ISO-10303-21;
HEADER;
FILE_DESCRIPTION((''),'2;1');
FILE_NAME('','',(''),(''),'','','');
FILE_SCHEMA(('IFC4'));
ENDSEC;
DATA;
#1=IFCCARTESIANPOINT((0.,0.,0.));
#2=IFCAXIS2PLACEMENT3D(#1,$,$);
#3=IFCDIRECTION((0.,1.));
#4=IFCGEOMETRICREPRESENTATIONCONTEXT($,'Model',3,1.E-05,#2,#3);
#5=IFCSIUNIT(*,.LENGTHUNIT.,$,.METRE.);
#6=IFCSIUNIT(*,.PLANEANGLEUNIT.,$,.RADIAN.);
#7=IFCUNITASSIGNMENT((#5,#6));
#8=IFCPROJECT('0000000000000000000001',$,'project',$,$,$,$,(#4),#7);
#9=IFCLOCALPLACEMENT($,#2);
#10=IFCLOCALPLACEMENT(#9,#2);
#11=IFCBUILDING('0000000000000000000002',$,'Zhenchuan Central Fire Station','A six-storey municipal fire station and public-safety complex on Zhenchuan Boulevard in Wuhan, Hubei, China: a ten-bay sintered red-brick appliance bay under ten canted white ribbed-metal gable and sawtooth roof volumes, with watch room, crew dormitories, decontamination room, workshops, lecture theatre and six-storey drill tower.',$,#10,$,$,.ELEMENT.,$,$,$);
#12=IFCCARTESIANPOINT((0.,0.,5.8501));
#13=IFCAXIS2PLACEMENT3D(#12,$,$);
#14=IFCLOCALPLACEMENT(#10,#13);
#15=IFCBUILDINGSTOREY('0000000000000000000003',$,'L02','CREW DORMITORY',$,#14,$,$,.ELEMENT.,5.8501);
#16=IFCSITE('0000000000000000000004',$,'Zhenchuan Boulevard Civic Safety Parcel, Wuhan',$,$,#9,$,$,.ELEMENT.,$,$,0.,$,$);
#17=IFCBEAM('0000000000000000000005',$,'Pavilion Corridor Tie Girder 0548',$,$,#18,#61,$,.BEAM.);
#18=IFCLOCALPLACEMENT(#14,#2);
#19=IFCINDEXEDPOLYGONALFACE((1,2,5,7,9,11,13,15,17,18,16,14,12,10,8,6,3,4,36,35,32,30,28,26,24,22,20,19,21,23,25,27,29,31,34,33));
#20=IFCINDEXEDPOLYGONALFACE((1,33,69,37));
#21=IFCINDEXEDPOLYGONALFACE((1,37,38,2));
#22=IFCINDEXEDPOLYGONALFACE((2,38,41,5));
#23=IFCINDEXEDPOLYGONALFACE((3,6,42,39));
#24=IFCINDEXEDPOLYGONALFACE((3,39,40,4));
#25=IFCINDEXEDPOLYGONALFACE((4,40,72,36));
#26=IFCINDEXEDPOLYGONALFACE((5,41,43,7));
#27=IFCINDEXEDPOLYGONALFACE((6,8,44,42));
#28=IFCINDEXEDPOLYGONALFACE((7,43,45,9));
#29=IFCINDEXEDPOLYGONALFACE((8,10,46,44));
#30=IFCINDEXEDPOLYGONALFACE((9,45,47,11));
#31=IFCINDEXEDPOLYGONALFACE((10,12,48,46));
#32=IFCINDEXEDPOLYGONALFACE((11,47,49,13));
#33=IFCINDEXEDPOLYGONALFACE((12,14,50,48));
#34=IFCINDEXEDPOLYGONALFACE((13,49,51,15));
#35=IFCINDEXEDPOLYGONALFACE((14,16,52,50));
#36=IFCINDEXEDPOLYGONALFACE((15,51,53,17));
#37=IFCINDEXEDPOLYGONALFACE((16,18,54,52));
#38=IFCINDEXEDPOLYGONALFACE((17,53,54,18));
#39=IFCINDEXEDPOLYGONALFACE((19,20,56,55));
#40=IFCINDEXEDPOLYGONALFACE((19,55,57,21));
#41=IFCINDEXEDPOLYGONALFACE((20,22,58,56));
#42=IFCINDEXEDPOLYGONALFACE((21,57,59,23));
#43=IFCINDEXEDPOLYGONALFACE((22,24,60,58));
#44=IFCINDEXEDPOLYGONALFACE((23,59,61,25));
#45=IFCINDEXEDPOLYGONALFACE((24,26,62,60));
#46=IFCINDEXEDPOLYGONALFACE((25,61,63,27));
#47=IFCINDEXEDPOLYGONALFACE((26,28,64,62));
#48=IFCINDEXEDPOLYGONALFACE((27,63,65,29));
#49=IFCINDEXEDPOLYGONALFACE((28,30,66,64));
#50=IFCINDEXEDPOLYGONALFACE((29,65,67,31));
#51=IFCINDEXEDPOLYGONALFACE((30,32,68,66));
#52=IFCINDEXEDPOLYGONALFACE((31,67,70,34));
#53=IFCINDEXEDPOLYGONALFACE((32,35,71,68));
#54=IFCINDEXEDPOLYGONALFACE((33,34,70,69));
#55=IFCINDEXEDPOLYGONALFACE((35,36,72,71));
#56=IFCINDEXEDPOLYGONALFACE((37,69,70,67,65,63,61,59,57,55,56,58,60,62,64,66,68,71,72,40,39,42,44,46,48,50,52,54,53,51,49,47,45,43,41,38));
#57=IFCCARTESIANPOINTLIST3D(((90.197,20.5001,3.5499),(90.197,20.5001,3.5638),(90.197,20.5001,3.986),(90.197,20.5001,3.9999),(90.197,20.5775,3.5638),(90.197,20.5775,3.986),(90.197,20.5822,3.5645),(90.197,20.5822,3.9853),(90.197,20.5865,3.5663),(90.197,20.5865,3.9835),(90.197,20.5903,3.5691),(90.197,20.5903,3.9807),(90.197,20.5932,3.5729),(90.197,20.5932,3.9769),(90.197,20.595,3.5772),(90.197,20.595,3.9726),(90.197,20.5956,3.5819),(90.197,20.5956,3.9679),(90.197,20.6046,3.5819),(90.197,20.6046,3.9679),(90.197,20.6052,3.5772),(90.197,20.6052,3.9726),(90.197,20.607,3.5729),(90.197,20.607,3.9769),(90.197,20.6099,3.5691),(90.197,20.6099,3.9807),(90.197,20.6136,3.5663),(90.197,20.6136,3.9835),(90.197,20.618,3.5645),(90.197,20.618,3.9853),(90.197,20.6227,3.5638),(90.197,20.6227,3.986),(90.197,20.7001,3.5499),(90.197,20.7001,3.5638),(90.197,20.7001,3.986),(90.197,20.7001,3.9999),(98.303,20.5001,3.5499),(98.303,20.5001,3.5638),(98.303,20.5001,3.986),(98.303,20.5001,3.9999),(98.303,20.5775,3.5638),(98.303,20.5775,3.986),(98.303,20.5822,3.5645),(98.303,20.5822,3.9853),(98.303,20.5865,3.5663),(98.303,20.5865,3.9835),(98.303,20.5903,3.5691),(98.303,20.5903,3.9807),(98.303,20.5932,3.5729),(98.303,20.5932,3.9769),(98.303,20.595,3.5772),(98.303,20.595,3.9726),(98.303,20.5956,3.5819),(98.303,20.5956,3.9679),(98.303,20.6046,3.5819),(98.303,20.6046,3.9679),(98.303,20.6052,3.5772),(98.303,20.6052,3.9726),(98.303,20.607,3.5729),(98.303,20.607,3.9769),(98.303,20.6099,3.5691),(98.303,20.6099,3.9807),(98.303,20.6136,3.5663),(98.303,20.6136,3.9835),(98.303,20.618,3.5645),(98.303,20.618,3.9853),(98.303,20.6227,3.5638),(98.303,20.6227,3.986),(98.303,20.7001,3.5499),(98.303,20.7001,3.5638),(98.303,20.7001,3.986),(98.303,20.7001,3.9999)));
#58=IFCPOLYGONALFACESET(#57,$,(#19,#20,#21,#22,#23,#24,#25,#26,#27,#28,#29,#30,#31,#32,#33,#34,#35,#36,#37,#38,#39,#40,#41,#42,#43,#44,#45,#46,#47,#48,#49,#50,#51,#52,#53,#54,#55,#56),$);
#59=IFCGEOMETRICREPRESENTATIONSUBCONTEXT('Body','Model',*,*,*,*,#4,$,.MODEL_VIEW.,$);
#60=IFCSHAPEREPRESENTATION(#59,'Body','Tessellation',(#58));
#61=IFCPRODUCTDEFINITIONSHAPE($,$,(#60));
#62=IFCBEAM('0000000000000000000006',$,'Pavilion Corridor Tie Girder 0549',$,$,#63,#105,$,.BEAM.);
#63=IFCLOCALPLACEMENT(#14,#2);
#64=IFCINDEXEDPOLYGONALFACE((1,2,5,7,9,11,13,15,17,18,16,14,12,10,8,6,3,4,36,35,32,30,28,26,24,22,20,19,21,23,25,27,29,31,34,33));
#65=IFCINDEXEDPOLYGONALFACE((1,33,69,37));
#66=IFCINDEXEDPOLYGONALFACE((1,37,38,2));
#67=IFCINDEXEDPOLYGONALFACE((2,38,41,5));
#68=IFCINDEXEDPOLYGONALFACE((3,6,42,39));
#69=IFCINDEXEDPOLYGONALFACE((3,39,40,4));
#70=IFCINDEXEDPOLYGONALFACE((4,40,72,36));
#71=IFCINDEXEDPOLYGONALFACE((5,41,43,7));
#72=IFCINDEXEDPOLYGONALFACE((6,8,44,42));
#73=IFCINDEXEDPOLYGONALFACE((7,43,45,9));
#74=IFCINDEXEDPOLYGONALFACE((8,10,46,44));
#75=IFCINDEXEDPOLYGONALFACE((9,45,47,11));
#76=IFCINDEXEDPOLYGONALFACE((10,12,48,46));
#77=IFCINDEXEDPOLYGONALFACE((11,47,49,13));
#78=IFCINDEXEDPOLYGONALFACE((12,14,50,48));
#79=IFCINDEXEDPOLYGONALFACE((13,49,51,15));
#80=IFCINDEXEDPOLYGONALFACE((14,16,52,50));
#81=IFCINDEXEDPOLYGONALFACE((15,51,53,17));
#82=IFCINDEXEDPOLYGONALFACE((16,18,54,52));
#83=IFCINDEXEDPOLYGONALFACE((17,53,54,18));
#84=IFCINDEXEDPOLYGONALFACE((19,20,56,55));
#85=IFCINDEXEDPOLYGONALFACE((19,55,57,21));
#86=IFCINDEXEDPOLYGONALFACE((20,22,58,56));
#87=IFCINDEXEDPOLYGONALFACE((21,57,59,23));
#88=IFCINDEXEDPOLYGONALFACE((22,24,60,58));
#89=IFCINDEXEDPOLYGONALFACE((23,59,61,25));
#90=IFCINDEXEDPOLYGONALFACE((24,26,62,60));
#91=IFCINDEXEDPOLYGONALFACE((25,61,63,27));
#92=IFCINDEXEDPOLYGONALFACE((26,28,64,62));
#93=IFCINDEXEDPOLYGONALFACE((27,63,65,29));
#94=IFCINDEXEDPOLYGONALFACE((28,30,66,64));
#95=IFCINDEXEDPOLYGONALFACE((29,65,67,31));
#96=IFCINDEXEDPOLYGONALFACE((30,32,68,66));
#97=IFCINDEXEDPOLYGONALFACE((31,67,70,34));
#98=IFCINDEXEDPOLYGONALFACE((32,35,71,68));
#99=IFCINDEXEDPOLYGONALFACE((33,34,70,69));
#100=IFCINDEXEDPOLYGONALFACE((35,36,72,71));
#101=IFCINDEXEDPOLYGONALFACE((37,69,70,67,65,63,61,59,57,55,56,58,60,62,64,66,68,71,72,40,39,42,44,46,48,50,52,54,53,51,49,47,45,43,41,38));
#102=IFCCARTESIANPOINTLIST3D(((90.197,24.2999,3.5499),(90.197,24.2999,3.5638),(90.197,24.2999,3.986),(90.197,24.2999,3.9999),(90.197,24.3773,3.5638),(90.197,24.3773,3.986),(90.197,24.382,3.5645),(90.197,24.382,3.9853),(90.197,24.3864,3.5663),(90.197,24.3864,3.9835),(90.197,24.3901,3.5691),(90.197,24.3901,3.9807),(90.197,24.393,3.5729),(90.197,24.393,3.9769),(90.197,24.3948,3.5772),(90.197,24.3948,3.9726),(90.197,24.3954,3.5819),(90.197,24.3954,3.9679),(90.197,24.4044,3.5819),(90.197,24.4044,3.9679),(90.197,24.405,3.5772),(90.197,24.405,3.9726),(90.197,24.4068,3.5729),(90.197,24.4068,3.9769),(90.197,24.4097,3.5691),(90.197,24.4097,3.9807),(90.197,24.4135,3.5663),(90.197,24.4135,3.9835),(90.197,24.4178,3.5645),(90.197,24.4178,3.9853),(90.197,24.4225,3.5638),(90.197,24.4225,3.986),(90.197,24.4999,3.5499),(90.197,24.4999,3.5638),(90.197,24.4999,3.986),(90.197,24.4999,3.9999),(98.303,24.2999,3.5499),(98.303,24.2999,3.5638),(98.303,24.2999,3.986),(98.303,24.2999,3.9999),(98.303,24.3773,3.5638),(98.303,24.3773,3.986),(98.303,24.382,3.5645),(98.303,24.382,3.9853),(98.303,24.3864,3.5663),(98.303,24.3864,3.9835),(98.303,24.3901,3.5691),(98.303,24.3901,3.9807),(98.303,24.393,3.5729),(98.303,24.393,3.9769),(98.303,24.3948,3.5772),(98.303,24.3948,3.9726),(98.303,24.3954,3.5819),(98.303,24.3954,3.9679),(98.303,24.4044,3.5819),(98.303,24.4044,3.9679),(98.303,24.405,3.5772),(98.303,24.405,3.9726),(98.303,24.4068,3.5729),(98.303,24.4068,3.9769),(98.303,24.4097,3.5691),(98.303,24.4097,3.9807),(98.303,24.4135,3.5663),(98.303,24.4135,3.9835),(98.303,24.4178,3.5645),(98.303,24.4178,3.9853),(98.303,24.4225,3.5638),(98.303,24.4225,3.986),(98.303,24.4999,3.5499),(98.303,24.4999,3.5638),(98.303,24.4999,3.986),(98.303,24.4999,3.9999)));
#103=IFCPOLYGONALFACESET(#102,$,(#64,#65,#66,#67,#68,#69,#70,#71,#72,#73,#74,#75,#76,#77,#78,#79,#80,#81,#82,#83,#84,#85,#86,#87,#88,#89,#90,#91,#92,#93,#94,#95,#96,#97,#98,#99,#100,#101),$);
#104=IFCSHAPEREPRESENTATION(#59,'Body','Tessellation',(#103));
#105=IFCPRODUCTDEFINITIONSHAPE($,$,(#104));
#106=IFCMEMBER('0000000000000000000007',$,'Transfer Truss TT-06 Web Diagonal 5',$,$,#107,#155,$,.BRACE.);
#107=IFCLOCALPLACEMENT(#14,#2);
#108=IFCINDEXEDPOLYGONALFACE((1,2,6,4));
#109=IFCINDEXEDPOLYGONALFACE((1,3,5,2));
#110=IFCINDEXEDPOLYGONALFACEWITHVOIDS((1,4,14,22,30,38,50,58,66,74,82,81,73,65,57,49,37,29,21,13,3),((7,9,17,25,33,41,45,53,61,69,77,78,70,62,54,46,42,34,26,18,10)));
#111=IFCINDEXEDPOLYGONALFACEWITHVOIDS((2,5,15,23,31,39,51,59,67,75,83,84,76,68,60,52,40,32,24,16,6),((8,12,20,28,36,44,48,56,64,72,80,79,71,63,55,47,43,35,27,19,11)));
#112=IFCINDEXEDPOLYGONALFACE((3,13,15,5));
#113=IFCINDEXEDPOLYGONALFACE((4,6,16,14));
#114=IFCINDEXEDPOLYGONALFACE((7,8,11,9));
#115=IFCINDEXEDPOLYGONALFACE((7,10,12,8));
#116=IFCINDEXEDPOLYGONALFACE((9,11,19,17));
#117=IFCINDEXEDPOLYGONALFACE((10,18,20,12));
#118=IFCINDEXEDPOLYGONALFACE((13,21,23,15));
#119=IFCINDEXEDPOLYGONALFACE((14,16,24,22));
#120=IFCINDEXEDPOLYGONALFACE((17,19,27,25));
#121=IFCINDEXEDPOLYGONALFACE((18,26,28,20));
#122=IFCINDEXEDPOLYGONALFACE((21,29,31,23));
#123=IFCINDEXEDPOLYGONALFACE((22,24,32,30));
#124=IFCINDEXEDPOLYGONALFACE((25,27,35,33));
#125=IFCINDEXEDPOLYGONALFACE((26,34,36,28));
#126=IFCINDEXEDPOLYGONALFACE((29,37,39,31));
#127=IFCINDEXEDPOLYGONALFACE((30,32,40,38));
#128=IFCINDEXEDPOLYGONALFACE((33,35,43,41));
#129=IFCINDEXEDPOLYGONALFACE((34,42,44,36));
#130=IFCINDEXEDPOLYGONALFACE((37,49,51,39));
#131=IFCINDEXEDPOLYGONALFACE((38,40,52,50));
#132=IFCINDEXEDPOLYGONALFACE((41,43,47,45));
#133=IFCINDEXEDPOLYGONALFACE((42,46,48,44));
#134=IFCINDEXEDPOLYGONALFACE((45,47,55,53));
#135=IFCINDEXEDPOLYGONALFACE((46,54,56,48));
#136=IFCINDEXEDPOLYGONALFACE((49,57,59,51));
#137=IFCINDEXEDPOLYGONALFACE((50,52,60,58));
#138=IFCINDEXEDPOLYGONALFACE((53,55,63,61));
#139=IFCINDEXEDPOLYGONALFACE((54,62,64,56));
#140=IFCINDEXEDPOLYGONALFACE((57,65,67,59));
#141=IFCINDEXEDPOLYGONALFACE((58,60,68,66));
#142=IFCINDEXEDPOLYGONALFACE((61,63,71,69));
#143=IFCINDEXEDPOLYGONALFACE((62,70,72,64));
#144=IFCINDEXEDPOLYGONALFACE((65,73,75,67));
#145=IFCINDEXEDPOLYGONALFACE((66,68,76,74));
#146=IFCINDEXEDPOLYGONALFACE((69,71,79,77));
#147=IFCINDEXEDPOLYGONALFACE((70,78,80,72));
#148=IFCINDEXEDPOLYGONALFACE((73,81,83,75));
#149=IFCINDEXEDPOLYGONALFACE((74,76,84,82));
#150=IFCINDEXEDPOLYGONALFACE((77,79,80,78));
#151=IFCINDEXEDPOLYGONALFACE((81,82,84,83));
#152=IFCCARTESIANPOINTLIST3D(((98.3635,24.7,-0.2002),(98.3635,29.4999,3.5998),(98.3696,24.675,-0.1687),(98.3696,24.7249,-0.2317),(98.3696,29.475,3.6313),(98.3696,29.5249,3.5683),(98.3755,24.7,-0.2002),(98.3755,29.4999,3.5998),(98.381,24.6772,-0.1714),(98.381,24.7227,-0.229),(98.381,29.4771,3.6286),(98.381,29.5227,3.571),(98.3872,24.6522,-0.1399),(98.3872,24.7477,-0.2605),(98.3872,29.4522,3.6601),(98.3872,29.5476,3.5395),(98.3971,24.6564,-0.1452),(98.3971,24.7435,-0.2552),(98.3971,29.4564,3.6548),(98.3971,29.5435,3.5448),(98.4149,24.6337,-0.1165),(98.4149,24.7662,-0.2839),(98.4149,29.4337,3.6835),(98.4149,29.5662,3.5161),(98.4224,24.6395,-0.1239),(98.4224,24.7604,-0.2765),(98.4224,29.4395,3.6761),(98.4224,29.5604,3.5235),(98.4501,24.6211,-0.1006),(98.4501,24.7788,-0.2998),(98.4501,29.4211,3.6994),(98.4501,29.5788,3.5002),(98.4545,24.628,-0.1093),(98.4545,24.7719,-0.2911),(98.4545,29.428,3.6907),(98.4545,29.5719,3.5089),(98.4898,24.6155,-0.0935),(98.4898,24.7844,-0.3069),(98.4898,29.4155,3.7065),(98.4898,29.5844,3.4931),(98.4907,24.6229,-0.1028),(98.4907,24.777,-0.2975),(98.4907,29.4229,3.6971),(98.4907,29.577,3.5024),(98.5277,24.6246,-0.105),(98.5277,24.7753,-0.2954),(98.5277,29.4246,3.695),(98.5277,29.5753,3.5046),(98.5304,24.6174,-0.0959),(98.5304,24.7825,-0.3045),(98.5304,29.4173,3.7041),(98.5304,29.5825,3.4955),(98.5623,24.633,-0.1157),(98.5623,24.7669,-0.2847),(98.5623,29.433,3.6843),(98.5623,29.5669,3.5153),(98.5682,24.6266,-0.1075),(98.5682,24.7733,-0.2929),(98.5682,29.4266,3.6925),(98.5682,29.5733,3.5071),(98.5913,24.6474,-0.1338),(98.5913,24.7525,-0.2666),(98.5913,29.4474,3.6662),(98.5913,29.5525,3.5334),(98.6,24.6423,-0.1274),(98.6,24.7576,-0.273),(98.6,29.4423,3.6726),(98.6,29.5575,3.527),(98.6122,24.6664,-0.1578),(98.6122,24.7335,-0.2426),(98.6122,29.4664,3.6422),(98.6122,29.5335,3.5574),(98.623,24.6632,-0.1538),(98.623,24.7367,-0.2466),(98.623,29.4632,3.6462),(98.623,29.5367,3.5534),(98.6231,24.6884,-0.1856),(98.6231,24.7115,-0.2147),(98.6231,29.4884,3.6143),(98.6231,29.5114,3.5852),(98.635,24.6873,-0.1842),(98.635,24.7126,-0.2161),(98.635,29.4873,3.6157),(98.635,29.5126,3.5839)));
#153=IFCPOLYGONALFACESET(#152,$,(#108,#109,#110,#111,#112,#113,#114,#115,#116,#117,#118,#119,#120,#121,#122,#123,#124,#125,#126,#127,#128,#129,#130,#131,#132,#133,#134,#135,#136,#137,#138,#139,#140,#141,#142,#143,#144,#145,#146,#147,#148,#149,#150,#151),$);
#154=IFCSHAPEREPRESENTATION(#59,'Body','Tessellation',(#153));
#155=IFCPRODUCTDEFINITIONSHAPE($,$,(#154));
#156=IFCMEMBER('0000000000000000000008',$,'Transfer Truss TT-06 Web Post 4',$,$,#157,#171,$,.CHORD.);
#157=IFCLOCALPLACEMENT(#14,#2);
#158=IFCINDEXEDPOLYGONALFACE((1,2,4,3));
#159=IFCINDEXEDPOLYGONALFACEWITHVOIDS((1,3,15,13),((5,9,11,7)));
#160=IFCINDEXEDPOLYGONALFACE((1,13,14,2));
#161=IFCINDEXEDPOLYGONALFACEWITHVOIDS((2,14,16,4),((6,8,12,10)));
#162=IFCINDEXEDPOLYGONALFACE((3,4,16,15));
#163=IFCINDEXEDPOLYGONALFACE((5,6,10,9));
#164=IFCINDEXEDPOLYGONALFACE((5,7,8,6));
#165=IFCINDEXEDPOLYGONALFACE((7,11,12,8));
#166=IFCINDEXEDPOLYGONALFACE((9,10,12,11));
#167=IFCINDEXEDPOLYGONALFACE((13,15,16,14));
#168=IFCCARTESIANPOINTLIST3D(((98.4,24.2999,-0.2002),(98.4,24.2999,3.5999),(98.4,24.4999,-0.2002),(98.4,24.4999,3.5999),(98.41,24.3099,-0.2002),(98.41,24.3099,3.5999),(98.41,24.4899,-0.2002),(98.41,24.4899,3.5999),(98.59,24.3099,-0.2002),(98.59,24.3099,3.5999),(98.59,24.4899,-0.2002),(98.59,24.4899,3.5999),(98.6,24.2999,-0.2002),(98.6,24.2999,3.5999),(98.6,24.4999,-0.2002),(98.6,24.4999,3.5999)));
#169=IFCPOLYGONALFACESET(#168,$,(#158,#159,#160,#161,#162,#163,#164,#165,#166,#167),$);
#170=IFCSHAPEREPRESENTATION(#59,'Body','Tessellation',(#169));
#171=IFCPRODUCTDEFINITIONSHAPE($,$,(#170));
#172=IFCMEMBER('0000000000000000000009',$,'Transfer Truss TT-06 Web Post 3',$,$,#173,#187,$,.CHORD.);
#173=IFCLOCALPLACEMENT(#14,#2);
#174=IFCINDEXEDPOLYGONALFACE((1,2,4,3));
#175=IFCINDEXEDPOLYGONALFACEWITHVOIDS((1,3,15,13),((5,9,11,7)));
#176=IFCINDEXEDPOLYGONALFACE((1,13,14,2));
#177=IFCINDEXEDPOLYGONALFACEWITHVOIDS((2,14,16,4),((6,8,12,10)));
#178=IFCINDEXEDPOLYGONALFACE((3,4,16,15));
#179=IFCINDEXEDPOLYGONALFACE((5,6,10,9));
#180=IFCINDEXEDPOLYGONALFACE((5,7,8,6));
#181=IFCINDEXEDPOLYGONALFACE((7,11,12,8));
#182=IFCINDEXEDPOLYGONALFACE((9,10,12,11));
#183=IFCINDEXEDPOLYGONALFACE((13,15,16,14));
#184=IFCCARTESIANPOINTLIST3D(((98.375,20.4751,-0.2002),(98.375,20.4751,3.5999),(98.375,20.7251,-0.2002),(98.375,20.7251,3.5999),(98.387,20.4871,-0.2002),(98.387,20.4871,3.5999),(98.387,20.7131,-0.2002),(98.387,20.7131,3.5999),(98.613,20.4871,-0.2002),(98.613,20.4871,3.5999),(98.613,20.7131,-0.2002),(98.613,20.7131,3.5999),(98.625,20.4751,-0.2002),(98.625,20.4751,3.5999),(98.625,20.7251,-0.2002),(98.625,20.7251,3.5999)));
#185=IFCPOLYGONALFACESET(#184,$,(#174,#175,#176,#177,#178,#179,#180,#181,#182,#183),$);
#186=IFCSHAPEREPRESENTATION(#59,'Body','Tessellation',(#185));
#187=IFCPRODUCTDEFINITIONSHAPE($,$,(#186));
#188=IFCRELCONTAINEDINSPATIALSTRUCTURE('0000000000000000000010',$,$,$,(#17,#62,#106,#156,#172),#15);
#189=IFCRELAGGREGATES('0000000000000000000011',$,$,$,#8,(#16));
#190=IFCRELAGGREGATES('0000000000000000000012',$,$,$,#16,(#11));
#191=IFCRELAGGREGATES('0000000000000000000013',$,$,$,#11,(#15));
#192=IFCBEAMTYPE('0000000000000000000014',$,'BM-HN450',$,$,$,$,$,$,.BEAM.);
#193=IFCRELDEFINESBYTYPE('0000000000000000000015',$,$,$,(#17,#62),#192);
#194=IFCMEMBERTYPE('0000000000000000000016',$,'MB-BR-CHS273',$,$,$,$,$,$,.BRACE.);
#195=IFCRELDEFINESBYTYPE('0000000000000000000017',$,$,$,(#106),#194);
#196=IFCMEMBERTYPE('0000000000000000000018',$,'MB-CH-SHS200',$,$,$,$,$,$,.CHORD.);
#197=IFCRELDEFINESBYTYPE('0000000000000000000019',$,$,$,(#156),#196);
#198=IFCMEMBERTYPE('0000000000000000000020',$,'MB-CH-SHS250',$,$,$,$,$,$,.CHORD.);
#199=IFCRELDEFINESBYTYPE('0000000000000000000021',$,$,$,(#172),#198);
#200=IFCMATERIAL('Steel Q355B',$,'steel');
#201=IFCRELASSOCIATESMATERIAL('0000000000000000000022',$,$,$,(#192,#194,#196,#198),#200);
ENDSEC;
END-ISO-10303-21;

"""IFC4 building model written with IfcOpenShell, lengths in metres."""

from ifc_helpers import new_model, si_unit, direction, frame, origin, origin_2d, place, context, subcontext, project, spatial, hollow_rectangle, hollow_circle, i_section, extrude, material, material_profile, profile_set, type_object, element, save


model = new_model("IFC4")

# Units and contexts
model_context = context("Model", 3, precision=1e-05, world=origin(), true_north=direction((0.0, 1.0)))
body_context = subcontext(model_context, "Body", "Model", "MODEL_VIEW")
ifc_project = project(units=[si_unit("LENGTHUNIT", "METRE"), si_unit("PLANEANGLEUNIT", "RADIAN")], contexts=[model_context])

# Site, building, storey
site_placement = place(None, origin())
site = spatial("IfcSite", under=ifc_project, at=site_placement, Name="Zhenchuan Boulevard Civic Safety Parcel, Wuhan", CompositionType="ELEMENT", RefElevation=0.0)
building_placement = place(site_placement, origin())
building = spatial("IfcBuilding", under=site, at=building_placement, Name="Zhenchuan Central Fire Station", Description="A six-storey municipal fire station and public-safety complex on Zhenchuan Boulevard in Wuhan, Hubei, China: a ten-bay sintered red-brick appliance bay under ten canted white ribbed-metal gable and sawtooth roof volumes, with watch room, crew dormitories, decontamination room, workshops, lecture theatre and six-storey drill tower.", CompositionType="ELEMENT")
storey_placement = place(building_placement, frame((0.0, 0.0, 5.8501)))
storey = spatial("IfcBuildingStorey", under=building, at=storey_placement, Name="L02", Description="CREW DORMITORY", CompositionType="ELEMENT", Elevation=5.8501)

# Beams
ifc_material_1 = material(Name="Steel Q355B", Category="steel")
ifc_material_profile_1 = material_profile(ifc_material_1, i_section(OverallWidth=0.2, OverallDepth=0.45, WebThickness=0.009, FlangeThickness=0.0139, FilletRadius=0.0181, at=origin_2d()), Name="HN 450x200")
ifc_profile_set_1 = profile_set([ifc_material_profile_1], Name="Steel Q355B")
beam_type = type_object("IfcBeamType", Name="BM-HN450", PredefinedType="BEAM", material=ifc_profile_set_1)
for number, where, z_axis, x_axis, name in (
    (1, (90.197, 20.6001, 3.7749), (1.0, 0.0, 0.0), (0.0, 1.0, 0.0), "Pavilion Corridor Tie Girder 0548"),
    (2, (90.197, 24.3999, 3.7749), (1.0, 0.0, 0.0), (0.0, 1.0, 0.0), "Pavilion Corridor Tie Girder 0549"),
):
    element("IfcBeam", number, at=place(storey_placement, frame(where, z_axis=z_axis, x_axis=x_axis)), inside=storey, type_object=beam_type, Name=name, PredefinedType="BEAM", context=body_context, shape_type="SweptSolid", body=[
        extrude(i_section(OverallWidth=0.2, OverallDepth=0.45, WebThickness=0.009, FlangeThickness=0.0139, FilletRadius=0.0181, at=origin_2d()), origin(), (0.0, 0.0, 1.0), 8.106),
    ])

# Members
ifc_material_profile_2 = material_profile(ifc_material_1, hollow_circle(Radius=0.1365, WallThickness=0.012, at=origin_2d()), Name="CHS 273x12")
ifc_profile_set_2 = profile_set([ifc_material_profile_2], Name="Steel Q355B")
member_type_1 = type_object("IfcMemberType", Name="MB-BR-CHS273", PredefinedType="BRACE", material=ifc_profile_set_2)
member_1_placement = place(storey_placement, frame((98.5, 24.7, -0.2002), z_axis=(0.0, 0.784045, 0.620704), x_axis=(-1.0, 0.0, 0.0)))
element("IfcMember", 3, at=member_1_placement, inside=storey, type_object=member_type_1, Name="Transfer Truss TT-06 Web Diagonal 5", PredefinedType="BRACE", context=body_context, shape_type="SweptSolid", body=[
    extrude(hollow_circle(Radius=0.1365, WallThickness=0.012, at=origin_2d()), origin(), (0.0, 0.0, 1.0), 6.1221),
])
ifc_material_profile_3 = material_profile(ifc_material_1, hollow_rectangle(XDim=0.2, YDim=0.2, WallThickness=0.01, at=origin_2d()), Name="SHS 200x200x10")
ifc_profile_set_3 = profile_set([ifc_material_profile_3], Name="Steel Q355B")
member_type_2 = type_object("IfcMemberType", Name="MB-CH-SHS200", PredefinedType="CHORD", material=ifc_profile_set_3)
member_2_placement = place(storey_placement, frame((98.5, 24.3999, -0.2002), z_axis=(0.0, 0.0, 1.0), x_axis=(1.0, 0.0, 0.0)))
element("IfcMember", 4, at=member_2_placement, inside=storey, type_object=member_type_2, Name="Transfer Truss TT-06 Web Post 4", PredefinedType="CHORD", context=body_context, shape_type="SweptSolid", body=[
    extrude(hollow_rectangle(XDim=0.2, YDim=0.2, WallThickness=0.01, at=origin_2d()), origin(), (0.0, 0.0, 1.0), 3.8),
])
ifc_material_profile_4 = material_profile(ifc_material_1, hollow_rectangle(XDim=0.25, YDim=0.25, WallThickness=0.012, at=origin_2d()), Name="SHS 250x250x12")
ifc_profile_set_4 = profile_set([ifc_material_profile_4], Name="Steel Q355B")
member_type_3 = type_object("IfcMemberType", Name="MB-CH-SHS250", PredefinedType="CHORD", material=ifc_profile_set_4)
member_3_placement = place(storey_placement, frame((98.5, 20.6001, -0.2002), z_axis=(0.0, 0.0, 1.0), x_axis=(1.0, 0.0, 0.0)))
element("IfcMember", 5, at=member_3_placement, inside=storey, type_object=member_type_3, Name="Transfer Truss TT-06 Web Post 3", PredefinedType="CHORD", context=body_context, shape_type="SweptSolid", body=[
    extrude(hollow_rectangle(XDim=0.25, YDim=0.25, WallThickness=0.012, at=origin_2d()), origin(), (0.0, 0.0, 1.0), 3.8),
])

save(model, "model.ifc")
